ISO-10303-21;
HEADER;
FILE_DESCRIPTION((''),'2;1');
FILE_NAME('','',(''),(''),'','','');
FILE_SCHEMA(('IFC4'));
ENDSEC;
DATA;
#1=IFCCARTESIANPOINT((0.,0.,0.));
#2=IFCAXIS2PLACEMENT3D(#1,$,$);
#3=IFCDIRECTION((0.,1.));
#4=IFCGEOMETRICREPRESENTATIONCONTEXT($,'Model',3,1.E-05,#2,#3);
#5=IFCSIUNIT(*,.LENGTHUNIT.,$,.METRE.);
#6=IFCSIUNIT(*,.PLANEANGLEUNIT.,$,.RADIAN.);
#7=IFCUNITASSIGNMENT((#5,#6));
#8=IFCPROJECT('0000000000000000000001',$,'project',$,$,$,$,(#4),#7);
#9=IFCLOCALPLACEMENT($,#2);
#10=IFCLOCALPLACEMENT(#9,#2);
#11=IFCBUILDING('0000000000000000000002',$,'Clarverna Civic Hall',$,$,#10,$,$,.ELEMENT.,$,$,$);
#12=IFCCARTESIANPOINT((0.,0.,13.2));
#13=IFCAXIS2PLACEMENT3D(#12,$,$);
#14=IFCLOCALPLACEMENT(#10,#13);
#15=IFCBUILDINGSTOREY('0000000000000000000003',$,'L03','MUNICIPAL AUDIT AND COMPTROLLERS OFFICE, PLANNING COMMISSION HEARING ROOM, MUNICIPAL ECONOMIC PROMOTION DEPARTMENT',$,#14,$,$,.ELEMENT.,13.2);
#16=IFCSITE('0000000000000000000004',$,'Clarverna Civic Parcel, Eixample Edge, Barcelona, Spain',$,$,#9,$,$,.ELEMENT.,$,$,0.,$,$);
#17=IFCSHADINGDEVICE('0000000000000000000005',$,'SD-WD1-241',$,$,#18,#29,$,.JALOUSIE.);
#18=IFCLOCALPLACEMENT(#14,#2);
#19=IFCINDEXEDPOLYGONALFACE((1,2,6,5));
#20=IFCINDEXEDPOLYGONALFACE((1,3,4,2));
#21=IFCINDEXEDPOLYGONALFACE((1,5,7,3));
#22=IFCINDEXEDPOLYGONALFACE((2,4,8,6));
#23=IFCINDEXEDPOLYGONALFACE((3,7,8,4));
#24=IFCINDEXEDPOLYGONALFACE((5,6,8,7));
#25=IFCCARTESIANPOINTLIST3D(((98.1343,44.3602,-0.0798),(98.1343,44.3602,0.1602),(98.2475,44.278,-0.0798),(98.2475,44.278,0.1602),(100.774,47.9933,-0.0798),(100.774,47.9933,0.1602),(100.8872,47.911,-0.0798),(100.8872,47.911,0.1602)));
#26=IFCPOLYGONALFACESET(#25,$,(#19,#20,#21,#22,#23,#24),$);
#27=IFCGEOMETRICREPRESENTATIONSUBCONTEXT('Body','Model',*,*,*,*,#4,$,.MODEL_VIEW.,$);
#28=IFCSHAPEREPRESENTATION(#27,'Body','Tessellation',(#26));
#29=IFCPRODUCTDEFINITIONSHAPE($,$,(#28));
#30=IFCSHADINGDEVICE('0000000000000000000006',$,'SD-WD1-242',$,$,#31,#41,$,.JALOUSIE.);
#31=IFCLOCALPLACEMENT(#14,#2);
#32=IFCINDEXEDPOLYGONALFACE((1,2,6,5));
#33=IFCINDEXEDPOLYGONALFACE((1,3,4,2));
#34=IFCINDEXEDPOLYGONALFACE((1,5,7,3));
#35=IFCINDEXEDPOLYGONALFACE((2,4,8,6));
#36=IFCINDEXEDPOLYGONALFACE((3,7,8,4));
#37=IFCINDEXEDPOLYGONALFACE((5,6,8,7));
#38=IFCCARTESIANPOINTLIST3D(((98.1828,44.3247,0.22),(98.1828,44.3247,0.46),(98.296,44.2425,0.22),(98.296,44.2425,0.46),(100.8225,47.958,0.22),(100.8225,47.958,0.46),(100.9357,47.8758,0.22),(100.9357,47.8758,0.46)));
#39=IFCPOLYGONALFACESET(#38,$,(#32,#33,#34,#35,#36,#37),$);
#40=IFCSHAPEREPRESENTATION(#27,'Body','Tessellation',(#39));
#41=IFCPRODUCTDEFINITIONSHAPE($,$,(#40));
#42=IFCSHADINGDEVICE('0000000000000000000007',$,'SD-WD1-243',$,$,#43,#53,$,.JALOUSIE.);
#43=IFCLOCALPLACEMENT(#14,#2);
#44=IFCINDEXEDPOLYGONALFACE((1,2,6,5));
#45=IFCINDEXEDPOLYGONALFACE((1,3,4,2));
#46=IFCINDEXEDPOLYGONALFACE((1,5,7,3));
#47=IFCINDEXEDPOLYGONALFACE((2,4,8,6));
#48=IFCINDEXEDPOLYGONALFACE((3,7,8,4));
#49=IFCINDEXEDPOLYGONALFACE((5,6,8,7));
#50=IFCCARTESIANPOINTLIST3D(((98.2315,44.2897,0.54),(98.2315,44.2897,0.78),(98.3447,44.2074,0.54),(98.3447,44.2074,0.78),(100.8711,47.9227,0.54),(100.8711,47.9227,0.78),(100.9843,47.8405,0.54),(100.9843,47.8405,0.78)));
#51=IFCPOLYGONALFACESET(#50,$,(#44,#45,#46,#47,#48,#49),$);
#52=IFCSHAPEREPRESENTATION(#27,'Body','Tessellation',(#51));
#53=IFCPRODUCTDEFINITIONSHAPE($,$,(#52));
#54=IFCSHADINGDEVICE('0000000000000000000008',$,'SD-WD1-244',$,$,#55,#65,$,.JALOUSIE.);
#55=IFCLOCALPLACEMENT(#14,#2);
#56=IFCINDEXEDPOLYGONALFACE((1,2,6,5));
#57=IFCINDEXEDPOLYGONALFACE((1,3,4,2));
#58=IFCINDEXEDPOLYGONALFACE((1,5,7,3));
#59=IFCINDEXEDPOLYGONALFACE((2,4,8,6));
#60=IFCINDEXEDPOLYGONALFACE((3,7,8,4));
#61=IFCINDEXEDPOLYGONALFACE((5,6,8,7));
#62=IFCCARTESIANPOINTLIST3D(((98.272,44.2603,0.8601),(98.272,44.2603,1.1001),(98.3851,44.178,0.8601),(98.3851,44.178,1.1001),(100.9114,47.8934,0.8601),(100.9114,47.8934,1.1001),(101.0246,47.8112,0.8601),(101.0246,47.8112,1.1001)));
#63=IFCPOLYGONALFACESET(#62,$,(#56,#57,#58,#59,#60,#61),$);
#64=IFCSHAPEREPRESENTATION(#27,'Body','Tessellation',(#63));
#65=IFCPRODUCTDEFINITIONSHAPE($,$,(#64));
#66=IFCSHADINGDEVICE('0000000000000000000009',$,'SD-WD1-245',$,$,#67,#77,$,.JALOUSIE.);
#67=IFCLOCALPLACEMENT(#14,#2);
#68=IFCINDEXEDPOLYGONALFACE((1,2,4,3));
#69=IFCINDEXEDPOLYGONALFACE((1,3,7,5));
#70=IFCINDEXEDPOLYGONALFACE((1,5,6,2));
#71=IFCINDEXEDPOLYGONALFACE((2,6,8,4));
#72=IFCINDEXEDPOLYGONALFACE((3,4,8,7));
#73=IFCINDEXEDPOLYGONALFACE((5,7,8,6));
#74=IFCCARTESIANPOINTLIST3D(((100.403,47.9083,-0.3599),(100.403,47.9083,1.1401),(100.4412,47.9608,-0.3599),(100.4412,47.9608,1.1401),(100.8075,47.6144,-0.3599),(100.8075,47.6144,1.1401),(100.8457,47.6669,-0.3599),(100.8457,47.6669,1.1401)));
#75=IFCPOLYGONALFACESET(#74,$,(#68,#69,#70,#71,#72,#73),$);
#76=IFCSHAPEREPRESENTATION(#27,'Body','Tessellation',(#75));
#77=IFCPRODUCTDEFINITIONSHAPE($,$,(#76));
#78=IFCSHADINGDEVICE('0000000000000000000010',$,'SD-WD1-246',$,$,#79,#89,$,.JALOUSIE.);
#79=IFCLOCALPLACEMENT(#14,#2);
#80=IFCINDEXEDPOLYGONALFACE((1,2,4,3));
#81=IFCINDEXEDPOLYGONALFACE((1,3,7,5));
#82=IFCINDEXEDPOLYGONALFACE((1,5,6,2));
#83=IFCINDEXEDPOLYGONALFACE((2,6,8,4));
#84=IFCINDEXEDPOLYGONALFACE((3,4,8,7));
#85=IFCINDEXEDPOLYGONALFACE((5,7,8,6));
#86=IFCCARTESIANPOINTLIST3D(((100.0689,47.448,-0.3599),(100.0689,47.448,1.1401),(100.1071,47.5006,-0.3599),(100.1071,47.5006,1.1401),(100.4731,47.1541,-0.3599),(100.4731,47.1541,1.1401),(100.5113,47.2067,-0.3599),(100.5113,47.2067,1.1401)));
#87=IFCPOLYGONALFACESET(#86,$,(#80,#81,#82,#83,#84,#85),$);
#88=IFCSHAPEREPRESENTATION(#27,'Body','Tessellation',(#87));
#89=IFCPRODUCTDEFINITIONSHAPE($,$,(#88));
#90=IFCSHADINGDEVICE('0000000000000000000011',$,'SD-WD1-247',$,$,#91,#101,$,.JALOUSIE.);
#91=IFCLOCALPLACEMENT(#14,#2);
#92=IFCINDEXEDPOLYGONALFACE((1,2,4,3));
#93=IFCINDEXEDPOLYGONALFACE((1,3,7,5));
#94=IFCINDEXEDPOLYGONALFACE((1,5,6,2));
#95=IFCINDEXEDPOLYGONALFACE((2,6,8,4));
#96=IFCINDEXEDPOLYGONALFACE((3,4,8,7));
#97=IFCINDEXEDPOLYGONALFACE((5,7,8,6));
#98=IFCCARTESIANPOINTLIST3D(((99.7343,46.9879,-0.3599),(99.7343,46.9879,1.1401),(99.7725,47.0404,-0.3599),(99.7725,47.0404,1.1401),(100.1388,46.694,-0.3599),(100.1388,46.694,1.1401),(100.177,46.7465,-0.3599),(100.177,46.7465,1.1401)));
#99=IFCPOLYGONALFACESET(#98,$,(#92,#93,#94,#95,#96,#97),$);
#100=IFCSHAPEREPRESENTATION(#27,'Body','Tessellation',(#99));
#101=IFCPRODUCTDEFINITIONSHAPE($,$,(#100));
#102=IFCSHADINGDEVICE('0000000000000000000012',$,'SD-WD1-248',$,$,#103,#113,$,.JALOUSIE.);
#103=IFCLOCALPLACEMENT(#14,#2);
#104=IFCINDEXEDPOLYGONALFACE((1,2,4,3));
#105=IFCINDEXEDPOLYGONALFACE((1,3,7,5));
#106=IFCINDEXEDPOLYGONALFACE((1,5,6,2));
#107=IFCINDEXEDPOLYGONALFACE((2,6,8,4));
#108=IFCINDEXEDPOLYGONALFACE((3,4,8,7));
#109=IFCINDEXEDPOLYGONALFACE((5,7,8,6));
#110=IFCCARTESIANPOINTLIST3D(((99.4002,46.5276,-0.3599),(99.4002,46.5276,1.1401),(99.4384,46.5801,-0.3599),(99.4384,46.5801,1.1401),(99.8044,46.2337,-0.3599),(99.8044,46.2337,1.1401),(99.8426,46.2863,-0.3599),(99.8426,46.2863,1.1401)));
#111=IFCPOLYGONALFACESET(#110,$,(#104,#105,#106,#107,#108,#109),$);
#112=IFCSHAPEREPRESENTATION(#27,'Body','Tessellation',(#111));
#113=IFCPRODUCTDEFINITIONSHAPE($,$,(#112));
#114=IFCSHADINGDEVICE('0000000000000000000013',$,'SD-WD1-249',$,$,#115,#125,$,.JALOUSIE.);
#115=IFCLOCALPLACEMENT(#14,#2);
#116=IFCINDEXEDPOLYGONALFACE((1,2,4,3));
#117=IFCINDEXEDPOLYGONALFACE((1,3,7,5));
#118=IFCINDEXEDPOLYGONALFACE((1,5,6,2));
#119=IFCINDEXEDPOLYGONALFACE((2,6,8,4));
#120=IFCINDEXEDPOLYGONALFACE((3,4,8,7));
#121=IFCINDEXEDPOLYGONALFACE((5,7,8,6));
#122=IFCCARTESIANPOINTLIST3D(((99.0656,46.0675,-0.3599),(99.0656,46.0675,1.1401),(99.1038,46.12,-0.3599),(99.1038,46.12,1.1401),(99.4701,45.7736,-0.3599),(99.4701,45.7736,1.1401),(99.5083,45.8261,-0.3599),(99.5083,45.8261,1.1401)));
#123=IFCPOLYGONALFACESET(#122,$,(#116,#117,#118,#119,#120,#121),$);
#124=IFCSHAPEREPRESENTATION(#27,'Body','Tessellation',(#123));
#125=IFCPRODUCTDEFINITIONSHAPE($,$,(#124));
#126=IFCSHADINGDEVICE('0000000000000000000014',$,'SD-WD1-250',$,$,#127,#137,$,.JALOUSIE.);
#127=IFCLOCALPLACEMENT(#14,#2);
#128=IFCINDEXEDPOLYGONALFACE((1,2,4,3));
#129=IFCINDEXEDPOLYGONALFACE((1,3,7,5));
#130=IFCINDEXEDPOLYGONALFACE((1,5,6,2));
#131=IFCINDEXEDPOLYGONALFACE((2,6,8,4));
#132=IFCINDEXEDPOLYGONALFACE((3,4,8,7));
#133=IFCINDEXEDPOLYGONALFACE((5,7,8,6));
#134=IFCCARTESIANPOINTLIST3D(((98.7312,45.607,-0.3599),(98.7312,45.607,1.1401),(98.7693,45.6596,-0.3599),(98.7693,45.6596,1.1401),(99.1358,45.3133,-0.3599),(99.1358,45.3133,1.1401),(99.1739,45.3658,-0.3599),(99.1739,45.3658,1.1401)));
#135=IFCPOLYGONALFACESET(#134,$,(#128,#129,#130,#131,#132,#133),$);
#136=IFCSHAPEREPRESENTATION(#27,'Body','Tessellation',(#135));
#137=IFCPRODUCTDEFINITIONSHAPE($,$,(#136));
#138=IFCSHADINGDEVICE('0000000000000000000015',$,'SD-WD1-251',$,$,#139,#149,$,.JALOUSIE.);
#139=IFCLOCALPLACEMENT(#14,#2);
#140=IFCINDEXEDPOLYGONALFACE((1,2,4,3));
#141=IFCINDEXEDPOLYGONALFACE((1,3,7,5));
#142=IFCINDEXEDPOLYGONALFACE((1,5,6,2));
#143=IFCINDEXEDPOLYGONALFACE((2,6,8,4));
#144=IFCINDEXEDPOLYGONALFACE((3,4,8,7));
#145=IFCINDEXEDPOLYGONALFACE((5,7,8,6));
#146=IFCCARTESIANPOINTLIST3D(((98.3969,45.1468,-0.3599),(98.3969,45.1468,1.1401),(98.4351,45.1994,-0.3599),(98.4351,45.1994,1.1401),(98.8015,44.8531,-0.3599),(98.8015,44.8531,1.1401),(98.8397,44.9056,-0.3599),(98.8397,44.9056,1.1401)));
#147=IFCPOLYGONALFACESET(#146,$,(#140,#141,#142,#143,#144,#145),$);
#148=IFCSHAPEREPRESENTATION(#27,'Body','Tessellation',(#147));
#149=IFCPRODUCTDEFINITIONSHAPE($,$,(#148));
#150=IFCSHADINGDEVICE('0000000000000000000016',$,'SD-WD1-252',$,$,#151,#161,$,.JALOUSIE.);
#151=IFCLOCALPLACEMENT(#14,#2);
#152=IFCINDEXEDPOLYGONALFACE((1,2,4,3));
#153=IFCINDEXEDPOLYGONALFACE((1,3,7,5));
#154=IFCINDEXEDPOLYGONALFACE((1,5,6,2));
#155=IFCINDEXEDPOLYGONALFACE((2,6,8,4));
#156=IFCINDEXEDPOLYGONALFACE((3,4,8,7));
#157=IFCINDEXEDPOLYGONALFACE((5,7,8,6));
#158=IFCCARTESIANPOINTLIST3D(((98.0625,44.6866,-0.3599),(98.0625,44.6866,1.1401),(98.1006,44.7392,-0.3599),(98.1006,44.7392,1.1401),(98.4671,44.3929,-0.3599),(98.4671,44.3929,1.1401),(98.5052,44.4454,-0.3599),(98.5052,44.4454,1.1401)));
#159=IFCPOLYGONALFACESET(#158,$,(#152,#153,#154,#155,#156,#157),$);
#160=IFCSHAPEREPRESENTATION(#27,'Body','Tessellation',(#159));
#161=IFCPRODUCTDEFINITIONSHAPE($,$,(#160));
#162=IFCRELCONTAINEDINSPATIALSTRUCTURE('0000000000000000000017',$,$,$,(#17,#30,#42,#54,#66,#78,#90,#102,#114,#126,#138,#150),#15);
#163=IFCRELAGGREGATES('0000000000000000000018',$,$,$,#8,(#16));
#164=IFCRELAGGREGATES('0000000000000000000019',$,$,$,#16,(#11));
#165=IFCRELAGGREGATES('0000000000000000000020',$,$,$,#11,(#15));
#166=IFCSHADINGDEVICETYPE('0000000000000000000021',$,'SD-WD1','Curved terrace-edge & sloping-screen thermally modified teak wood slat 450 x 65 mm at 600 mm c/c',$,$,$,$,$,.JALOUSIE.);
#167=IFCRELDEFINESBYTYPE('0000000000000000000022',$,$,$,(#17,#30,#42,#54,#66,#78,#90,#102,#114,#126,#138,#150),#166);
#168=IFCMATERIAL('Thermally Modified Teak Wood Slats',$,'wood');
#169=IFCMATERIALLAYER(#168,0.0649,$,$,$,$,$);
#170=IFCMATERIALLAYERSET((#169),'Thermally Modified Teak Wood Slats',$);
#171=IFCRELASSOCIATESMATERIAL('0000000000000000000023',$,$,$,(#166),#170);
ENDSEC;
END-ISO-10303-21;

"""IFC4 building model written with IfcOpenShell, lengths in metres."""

from ifc_helpers import new_model, si_unit, direction, frame, frame_2d, origin, place, context, subcontext, project, spatial, rectangle, extrude, material, layer, layer_set, type_object, element, save


model = new_model("IFC4")

# Units and contexts
model_context = context("Model", 3, precision=1e-05, world=origin(), true_north=direction((0.0, 1.0)))
body_context = subcontext(model_context, "Body", "Model", "MODEL_VIEW")
ifc_project = project(units=[si_unit("LENGTHUNIT", "METRE"), si_unit("PLANEANGLEUNIT", "RADIAN")], contexts=[model_context])

# Site, building, storey
site_placement = place(None, origin())
site = spatial("IfcSite", under=ifc_project, at=site_placement, Name="Clarverna Civic Parcel, Eixample Edge, Barcelona, Spain", CompositionType="ELEMENT", RefElevation=0.0)
building_placement = place(site_placement, origin())
building = spatial("IfcBuilding", under=site, at=building_placement, Name="Clarverna Civic Hall", CompositionType="ELEMENT")
storey_placement = place(building_placement, frame((0.0, 0.0, 13.2)))
storey = spatial("IfcBuildingStorey", under=building, at=storey_placement, Name="L03", Description="MUNICIPAL AUDIT AND COMPTROLLERS OFFICE, PLANNING COMMISSION HEARING ROOM, MUNICIPAL ECONOMIC PROMOTION DEPARTMENT", CompositionType="ELEMENT", Elevation=13.2)

# Shading devices
ifc_material_1 = material(Name="Thermally Modified Teak Wood Slats", Category="wood")
ifc_layer_1 = layer(ifc_material_1, 0.0649)
ifc_layer_set_1 = layer_set([ifc_layer_1], Name="Thermally Modified Teak Wood Slats")
shading_device_type = type_object("IfcShadingDeviceType", Name="SD-WD1", Description="Curved terrace-edge & sloping-screen thermally modified teak wood slat 450 x 65 mm at 600 mm c/c", PredefinedType="JALOUSIE", material=ifc_layer_set_1)
for number, where, z_axis, x_axis, name in (
    (1, (100.8306, 47.9521, -0.0798), (0.0, 0.0, 1.0), (-0.587797, -0.809009, 0.0), "SD-WD1-241"),
):
    element("IfcShadingDevice", number, at=place(storey_placement, frame(where, z_axis=z_axis, x_axis=x_axis)), inside=storey, type_object=shading_device_type, Name=name, PredefinedType="JALOUSIE", context=body_context, shape_type="SweptSolid", body=[
        extrude(rectangle(XDim=4.4907, YDim=0.1399, at=frame_2d((2.2454, 0.0))), origin(), (0.0, 0.0, 1.0), 0.24),
    ])
shading_device_1_placement = place(storey_placement, frame((100.8792, 47.917, 0.22), z_axis=(0.0, 0.0, 1.0), x_axis=(-0.587771, -0.809027, 0.0)))
element("IfcShadingDevice", 2, at=shading_device_1_placement, inside=storey, type_object=shading_device_type, Name="SD-WD1-242", PredefinedType="JALOUSIE", context=body_context, shape_type="SweptSolid", body=[
    extrude(rectangle(XDim=4.491, YDim=0.1399, at=frame_2d((2.2456, 0.0))), origin(), (0.0, 0.0, 1.0), 0.24),
])
for number, where, z_axis, x_axis, name in (
    (3, (100.9277, 47.8816, 0.54), (0.0, 0.0, 1.0), (-0.587797, -0.809009, 0.0), "SD-WD1-243"),
    (4, (100.968, 47.8523, 0.8601), (0.0, 0.0, 1.0), (-0.587761, -0.809035, 0.0), "SD-WD1-244"),
):
    element("IfcShadingDevice", number, at=place(storey_placement, frame(where, z_axis=z_axis, x_axis=x_axis)), inside=storey, type_object=shading_device_type, Name=name, PredefinedType="JALOUSIE", context=body_context, shape_type="SweptSolid", body=[
        extrude(rectangle(XDim=4.4907, YDim=0.1399, at=frame_2d((2.2454, 0.0))), origin(), (0.0, 0.0, 1.0), 0.24),
    ])
shading_device_2_placement = place(storey_placement, frame((100.4221, 47.9346, -0.3599), z_axis=(0.0, 0.0, 1.0), x_axis=(0.808989, -0.587823, 0.0)))
element("IfcShadingDevice", 5, at=shading_device_2_placement, inside=storey, type_object=shading_device_type, Name="SD-WD1-245", PredefinedType="JALOUSIE", context=body_context, shape_type="SweptSolid", body=[
    extrude(rectangle(XDim=0.5, YDim=0.0649, at=frame_2d((0.25, 0.0))), origin(), (0.0, 0.0, 1.0), 1.5),
])
shading_device_3_placement = place(storey_placement, frame((100.0879, 47.4744, -0.3599), z_axis=(0.0, 0.0, 1.0), x_axis=(0.808821, -0.588056, 0.0)))
element("IfcShadingDevice", 6, at=shading_device_3_placement, inside=storey, type_object=shading_device_type, Name="SD-WD1-246", PredefinedType="JALOUSIE", context=body_context, shape_type="SweptSolid", body=[
    extrude(rectangle(XDim=0.4998, YDim=0.0649, at=frame_2d((0.25, 0.0))), origin(), (0.0, 0.0, 1.0), 1.5),
])
shading_device_4_placement = place(storey_placement, frame((99.7534, 47.0142, -0.3599), z_axis=(0.0, 0.0, 1.0), x_axis=(0.808989, -0.587823, 0.0)))
element("IfcShadingDevice", 7, at=shading_device_4_placement, inside=storey, type_object=shading_device_type, Name="SD-WD1-247", PredefinedType="JALOUSIE", context=body_context, shape_type="SweptSolid", body=[
    extrude(rectangle(XDim=0.5, YDim=0.0649, at=frame_2d((0.25, 0.0))), origin(), (0.0, 0.0, 1.0), 1.5),
])
shading_device_5_placement = place(storey_placement, frame((99.4192, 46.554, -0.3599), z_axis=(0.0, 0.0, 1.0), x_axis=(0.808821, -0.588056, 0.0)))
element("IfcShadingDevice", 8, at=shading_device_5_placement, inside=storey, type_object=shading_device_type, Name="SD-WD1-248", PredefinedType="JALOUSIE", context=body_context, shape_type="SweptSolid", body=[
    extrude(rectangle(XDim=0.4998, YDim=0.0649, at=frame_2d((0.25, 0.0))), origin(), (0.0, 0.0, 1.0), 1.5),
])
for number, where, z_axis, x_axis, name in (
    (9, (99.0847, 46.0938, -0.3599), (0.0, 0.0, 1.0), (0.808989, -0.587823, 0.0), "SD-WD1-249"),
    (10, (98.7502, 45.6333, -0.3599), (0.0, 0.0, 1.0), (0.809222, -0.587504, 0.0), "SD-WD1-250"),
    (11, (98.416, 45.1731, -0.3599), (0.0, 0.0, 1.0), (0.809222, -0.587504, 0.0), "SD-WD1-251"),
    (12, (98.0815, 44.7129, -0.3599), (0.0, 0.0, 1.0), (0.809222, -0.587504, 0.0), "SD-WD1-252"),
):
    element("IfcShadingDevice", number, at=place(storey_placement, frame(where, z_axis=z_axis, x_axis=x_axis)), inside=storey, type_object=shading_device_type, Name=name, PredefinedType="JALOUSIE", context=body_context, shape_type="SweptSolid", body=[
        extrude(rectangle(XDim=0.5, YDim=0.0649, at=frame_2d((0.25, 0.0))), origin(), (0.0, 0.0, 1.0), 1.5),
    ])

save(model, "model.ifc")
